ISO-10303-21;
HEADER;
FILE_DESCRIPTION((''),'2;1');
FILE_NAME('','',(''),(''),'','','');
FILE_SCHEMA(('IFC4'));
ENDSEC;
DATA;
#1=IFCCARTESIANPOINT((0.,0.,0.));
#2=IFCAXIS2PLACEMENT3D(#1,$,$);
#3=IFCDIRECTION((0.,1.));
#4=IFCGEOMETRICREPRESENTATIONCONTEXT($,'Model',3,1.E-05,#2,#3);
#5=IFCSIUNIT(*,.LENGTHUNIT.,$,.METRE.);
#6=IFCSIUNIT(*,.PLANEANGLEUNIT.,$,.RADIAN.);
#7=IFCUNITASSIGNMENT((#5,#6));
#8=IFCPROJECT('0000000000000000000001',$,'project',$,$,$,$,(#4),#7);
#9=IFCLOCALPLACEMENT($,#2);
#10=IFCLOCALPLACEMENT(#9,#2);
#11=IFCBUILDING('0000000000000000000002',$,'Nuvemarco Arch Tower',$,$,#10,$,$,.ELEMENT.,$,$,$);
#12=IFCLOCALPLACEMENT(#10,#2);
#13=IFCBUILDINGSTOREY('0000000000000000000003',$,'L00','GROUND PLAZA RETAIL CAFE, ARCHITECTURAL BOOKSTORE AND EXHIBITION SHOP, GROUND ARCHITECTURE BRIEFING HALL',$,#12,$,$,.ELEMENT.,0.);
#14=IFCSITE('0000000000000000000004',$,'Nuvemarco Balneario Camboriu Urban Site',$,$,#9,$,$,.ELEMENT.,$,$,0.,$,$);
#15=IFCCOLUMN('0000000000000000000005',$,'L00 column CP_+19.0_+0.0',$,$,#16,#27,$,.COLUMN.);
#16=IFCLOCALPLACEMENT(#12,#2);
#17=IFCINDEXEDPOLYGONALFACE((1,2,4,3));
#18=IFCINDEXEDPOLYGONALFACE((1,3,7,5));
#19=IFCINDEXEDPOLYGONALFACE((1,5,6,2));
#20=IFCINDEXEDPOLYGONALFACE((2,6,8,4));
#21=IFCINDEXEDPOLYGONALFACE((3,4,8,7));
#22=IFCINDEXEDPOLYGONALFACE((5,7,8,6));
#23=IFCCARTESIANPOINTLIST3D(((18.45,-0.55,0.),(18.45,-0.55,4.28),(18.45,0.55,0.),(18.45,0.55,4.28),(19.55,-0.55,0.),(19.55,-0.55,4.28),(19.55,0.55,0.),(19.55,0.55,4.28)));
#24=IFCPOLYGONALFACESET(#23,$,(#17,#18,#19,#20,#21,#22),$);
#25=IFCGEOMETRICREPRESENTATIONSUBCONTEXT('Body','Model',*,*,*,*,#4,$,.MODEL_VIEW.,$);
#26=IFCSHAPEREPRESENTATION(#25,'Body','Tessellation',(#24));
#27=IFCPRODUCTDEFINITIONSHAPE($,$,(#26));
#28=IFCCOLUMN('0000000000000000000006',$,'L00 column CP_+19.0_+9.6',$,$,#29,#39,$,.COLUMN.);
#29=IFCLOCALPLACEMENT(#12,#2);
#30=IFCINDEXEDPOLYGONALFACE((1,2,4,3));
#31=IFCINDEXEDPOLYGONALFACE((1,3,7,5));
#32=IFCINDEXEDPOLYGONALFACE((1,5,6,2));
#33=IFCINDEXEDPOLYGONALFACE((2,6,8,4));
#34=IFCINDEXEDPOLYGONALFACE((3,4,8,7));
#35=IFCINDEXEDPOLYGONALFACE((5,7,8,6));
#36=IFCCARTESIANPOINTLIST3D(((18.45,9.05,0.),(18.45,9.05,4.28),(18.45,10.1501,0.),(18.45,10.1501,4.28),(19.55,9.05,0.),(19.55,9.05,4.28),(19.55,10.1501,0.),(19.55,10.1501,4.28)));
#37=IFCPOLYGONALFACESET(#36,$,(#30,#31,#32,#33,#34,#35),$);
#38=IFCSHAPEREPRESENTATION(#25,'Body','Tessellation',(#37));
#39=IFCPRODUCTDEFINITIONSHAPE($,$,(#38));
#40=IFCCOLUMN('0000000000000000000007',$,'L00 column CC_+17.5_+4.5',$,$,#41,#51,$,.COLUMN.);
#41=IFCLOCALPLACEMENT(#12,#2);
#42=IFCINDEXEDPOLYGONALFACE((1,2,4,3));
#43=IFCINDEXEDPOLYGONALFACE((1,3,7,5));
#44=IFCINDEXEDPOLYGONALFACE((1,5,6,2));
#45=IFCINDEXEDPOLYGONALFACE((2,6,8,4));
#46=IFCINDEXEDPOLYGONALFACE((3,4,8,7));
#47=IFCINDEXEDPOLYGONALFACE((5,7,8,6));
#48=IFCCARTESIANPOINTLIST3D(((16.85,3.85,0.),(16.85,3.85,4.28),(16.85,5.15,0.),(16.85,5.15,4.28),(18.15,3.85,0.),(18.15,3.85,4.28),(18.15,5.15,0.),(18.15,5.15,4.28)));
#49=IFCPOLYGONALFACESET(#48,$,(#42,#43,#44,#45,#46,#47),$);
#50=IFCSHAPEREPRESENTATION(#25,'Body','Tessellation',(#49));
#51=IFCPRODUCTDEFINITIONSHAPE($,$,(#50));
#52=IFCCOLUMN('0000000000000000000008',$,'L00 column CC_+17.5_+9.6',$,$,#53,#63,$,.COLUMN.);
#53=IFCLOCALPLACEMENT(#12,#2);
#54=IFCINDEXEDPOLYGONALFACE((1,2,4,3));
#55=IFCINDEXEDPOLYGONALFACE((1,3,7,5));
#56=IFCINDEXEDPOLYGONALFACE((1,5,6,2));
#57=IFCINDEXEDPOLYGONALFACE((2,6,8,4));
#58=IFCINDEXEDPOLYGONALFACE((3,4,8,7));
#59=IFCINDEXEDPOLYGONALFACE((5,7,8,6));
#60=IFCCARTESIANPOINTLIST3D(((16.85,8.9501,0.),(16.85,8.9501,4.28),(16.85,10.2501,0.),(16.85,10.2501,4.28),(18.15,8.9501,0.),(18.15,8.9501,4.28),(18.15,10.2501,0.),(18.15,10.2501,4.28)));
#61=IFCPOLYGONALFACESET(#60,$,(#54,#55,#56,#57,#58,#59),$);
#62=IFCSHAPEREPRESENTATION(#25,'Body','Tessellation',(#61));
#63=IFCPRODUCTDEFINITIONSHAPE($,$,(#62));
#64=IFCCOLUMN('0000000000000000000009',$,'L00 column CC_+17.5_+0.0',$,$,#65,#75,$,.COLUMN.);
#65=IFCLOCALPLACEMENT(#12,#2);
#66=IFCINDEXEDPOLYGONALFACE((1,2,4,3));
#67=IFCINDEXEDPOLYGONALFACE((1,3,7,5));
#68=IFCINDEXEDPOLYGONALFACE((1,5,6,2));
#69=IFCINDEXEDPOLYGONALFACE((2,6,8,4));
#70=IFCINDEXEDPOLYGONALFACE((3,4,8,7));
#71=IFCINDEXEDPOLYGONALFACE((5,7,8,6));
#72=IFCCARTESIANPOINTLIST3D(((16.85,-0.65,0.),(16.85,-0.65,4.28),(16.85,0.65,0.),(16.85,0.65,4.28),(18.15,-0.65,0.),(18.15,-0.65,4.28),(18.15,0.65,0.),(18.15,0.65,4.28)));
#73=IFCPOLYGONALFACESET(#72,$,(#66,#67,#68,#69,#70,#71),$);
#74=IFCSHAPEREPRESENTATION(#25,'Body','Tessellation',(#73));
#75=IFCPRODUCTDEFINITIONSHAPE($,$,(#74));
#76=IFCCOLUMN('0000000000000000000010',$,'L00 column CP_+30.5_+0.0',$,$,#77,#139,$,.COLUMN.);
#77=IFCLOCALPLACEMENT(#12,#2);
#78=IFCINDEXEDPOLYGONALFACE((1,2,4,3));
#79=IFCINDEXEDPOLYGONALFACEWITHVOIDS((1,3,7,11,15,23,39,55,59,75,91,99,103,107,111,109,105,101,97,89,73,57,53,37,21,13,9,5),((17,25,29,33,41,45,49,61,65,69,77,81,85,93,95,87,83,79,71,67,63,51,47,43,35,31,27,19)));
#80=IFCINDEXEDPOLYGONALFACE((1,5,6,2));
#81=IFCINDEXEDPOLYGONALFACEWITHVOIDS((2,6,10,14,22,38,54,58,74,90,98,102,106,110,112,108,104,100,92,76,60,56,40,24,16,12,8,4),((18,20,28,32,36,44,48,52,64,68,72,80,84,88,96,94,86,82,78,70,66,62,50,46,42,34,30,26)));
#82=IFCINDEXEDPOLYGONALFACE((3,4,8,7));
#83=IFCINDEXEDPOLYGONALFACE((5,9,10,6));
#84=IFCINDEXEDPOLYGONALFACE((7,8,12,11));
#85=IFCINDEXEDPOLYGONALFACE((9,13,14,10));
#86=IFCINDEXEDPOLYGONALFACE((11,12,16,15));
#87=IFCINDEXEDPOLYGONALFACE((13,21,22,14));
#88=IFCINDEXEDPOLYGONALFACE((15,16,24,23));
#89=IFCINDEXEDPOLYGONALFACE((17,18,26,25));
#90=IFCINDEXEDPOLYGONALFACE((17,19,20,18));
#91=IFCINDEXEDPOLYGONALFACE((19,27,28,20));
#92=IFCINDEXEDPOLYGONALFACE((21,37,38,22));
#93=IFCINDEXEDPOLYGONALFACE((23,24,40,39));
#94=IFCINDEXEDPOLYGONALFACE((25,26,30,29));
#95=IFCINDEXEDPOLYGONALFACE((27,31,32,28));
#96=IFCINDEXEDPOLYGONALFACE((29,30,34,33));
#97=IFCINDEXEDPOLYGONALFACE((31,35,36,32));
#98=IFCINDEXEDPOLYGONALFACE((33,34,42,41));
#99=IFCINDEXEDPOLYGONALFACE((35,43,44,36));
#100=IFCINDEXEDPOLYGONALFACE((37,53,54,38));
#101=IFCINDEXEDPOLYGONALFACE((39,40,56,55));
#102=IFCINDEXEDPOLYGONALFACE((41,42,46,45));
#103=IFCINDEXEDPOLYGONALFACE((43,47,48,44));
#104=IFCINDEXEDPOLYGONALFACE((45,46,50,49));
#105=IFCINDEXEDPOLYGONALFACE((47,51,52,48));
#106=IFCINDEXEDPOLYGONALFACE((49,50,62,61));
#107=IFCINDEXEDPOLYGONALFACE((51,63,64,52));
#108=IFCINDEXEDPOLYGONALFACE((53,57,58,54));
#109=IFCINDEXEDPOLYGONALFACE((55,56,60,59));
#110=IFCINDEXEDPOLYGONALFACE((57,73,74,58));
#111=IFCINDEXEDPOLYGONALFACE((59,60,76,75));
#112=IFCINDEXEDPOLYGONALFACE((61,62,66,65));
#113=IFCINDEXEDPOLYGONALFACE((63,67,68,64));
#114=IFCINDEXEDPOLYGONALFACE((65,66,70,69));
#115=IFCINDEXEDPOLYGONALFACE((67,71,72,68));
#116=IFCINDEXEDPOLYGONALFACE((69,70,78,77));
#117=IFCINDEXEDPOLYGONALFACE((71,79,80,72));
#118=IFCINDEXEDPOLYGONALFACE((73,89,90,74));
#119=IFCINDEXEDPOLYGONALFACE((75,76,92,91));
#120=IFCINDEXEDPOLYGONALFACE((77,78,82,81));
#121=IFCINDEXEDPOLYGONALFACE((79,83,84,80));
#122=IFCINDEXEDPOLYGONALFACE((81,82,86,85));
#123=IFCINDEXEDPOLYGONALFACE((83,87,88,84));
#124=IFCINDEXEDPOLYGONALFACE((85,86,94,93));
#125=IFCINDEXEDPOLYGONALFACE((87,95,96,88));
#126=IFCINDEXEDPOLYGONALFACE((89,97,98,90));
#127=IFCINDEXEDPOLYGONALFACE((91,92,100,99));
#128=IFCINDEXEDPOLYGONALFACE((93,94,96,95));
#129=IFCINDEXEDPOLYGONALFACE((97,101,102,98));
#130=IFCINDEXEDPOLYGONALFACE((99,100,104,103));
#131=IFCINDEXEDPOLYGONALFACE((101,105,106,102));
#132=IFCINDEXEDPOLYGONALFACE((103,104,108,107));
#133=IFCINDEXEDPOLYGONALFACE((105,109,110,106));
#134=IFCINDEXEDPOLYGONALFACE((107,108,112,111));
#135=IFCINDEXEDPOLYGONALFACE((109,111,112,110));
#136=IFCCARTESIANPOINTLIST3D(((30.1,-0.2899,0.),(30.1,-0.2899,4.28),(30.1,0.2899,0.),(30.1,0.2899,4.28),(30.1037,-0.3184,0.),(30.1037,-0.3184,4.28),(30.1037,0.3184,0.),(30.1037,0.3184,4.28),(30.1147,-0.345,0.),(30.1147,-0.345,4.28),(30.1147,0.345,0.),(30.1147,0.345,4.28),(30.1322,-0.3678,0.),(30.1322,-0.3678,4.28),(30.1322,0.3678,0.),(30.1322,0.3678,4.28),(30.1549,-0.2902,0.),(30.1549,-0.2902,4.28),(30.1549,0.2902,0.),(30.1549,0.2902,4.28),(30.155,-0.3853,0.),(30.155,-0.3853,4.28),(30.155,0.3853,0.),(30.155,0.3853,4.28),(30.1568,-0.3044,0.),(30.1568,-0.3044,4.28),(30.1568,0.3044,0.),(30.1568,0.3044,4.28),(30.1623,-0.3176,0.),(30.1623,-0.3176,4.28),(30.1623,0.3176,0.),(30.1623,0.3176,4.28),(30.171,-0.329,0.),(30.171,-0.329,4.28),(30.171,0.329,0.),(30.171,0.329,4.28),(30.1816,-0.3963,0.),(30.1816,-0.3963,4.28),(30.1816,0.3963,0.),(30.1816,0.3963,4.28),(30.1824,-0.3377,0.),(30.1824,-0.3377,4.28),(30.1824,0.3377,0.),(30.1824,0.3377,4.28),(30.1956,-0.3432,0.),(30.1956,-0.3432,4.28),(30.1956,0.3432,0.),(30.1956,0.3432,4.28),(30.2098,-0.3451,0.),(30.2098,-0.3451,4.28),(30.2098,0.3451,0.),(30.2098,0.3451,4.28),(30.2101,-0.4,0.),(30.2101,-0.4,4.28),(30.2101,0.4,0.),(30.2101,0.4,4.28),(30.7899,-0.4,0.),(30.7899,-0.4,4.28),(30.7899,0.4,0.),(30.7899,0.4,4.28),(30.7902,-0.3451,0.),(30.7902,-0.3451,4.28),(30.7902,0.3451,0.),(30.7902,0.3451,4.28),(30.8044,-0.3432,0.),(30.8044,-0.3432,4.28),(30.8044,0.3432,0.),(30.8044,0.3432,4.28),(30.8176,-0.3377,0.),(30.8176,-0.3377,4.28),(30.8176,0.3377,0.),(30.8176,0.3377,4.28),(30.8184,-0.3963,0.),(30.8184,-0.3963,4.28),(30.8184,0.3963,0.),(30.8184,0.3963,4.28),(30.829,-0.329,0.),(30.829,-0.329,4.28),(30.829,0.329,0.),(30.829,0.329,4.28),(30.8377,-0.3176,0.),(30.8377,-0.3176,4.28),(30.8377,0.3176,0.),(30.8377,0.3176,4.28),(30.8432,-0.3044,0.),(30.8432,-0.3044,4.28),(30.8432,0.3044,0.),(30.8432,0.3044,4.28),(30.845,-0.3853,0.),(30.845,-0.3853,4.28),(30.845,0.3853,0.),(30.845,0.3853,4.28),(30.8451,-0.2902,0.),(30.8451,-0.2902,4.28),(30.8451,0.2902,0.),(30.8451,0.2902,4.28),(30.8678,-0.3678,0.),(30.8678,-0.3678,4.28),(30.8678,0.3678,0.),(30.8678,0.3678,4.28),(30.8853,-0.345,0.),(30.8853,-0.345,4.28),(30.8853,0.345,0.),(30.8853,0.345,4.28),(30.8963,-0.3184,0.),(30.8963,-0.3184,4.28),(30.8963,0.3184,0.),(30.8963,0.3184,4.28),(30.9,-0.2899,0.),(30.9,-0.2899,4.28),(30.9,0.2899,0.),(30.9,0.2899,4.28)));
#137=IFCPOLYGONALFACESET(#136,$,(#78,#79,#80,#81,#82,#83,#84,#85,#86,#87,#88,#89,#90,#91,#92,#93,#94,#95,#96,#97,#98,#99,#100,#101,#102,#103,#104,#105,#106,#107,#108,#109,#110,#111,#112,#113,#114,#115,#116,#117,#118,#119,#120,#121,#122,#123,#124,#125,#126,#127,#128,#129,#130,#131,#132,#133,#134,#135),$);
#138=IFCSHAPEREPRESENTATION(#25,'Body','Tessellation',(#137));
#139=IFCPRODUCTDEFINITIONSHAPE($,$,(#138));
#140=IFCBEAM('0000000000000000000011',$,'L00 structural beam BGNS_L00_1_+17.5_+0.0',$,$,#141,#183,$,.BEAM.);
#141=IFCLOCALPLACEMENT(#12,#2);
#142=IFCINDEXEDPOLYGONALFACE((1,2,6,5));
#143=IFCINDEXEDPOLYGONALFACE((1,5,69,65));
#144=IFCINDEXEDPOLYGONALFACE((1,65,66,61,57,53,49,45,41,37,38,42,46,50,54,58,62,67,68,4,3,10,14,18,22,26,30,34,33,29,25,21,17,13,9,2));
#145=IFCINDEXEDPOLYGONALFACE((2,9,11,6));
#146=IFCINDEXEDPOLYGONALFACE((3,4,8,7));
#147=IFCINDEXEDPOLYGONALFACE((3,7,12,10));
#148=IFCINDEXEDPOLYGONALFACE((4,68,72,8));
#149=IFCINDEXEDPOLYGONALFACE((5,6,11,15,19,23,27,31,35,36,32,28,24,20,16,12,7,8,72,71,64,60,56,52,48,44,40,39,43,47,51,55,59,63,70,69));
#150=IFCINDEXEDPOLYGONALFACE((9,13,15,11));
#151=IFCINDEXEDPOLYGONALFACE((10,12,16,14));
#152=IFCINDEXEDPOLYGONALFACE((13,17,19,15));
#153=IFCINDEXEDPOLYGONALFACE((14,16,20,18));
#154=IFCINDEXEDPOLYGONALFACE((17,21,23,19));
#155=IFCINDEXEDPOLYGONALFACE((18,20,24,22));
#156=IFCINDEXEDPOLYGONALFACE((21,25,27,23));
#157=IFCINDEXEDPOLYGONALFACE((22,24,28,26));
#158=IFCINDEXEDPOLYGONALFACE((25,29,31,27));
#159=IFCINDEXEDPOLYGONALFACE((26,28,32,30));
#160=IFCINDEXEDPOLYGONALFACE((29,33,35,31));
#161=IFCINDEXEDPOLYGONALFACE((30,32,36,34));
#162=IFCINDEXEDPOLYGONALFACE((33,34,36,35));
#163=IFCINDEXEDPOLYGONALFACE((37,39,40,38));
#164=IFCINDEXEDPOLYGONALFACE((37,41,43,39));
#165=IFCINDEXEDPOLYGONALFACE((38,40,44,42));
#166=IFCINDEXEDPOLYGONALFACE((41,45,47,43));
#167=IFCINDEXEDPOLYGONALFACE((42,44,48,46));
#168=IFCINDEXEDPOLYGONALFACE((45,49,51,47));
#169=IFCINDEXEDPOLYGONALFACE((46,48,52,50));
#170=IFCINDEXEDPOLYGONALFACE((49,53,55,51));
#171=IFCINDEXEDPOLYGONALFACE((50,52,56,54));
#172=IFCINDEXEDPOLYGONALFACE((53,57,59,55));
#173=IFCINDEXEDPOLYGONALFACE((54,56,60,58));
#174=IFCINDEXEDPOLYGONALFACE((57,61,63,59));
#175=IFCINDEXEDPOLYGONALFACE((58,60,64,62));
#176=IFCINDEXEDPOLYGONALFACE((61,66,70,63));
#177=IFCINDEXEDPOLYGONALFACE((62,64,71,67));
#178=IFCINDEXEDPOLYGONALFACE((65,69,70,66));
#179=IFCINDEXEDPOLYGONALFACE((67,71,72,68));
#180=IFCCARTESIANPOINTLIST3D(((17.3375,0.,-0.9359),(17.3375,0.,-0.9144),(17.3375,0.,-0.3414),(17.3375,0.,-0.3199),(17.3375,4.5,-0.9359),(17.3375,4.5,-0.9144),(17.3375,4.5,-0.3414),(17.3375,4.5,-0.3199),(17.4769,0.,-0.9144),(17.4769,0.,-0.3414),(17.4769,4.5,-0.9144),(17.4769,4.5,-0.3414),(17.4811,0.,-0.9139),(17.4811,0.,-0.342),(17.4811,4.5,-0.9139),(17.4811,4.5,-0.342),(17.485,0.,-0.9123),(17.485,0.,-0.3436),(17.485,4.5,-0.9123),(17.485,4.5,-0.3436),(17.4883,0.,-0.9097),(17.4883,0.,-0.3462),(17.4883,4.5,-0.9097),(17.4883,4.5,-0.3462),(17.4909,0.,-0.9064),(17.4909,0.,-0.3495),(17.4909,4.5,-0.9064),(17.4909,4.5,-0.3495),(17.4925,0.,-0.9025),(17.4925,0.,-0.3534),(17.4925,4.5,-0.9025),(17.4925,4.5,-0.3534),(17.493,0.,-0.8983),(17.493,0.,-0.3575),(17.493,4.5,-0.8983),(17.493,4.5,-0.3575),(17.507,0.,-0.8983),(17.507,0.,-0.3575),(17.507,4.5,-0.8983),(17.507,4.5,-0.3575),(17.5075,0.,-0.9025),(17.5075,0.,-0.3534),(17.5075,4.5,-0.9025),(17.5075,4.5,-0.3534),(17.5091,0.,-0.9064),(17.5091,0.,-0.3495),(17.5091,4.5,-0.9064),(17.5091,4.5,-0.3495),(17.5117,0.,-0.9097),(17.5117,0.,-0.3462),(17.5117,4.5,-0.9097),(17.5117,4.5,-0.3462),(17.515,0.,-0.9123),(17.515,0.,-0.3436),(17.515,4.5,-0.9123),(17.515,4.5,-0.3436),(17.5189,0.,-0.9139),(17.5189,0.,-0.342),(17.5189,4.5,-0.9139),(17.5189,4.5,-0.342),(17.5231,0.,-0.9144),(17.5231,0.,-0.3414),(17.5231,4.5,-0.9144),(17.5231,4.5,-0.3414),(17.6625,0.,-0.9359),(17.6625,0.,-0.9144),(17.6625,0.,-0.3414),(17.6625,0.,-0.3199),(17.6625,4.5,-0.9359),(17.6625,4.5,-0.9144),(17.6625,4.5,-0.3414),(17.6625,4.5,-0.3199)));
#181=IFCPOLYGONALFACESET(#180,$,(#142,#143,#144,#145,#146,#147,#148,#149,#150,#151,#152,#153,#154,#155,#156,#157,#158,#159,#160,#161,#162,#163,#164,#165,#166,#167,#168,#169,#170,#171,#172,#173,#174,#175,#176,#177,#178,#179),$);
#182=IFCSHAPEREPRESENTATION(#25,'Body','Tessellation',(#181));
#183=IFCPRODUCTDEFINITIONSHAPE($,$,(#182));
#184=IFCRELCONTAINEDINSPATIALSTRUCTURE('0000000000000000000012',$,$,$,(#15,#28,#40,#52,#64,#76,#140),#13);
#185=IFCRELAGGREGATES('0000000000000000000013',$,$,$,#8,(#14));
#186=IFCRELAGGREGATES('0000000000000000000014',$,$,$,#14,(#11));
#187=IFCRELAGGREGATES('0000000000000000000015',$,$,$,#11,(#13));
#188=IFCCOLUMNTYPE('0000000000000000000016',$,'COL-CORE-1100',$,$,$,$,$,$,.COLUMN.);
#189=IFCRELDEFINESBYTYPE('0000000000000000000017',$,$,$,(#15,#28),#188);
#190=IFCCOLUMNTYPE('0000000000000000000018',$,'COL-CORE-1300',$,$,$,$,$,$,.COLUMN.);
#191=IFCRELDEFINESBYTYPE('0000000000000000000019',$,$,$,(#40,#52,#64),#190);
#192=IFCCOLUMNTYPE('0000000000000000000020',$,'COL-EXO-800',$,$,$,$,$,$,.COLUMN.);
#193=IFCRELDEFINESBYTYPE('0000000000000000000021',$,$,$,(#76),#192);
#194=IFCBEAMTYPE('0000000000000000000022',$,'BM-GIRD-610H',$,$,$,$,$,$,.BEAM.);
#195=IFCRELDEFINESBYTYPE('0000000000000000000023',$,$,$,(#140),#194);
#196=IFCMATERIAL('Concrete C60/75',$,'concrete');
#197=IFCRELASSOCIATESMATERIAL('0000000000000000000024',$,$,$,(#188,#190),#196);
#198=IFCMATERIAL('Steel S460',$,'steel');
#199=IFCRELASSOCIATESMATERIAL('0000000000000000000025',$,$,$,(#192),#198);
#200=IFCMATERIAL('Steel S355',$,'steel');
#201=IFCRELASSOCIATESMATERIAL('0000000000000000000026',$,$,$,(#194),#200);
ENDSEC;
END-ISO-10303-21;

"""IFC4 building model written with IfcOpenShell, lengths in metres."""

from ifc_helpers import new_model, si_unit, direction, frame, origin, origin_2d, place, context, subcontext, project, spatial, rectangle, hollow_rectangle, i_section, extrude, material, material_profile, profile_set, type_object, element, save


model = new_model("IFC4")

# Units and contexts
model_context = context("Model", 3, precision=1e-05, world=origin(), true_north=direction((0.0, 1.0)))
body_context = subcontext(model_context, "Body", "Model", "MODEL_VIEW")
ifc_project = project(units=[si_unit("LENGTHUNIT", "METRE"), si_unit("PLANEANGLEUNIT", "RADIAN")], contexts=[model_context])

# Site, building, storey
site_placement = place(None, origin())
site = spatial("IfcSite", under=ifc_project, at=site_placement, Name="Nuvemarco Balneario Camboriu Urban Site", CompositionType="ELEMENT", RefElevation=0.0)
building_placement = place(site_placement, origin())
building = spatial("IfcBuilding", under=site, at=building_placement, Name="Nuvemarco Arch Tower", CompositionType="ELEMENT")
storey_placement = place(building_placement, origin())
storey = spatial("IfcBuildingStorey", under=building, at=storey_placement, Name="L00", Description="GROUND PLAZA RETAIL CAFE, ARCHITECTURAL BOOKSTORE AND EXHIBITION SHOP, GROUND ARCHITECTURE BRIEFING HALL", CompositionType="ELEMENT", Elevation=0.0)

# Columns
ifc_material_1 = material(Name="Concrete C60/75", Category="concrete")
ifc_material_profile_1 = material_profile(ifc_material_1, rectangle(XDim=1.1001, YDim=1.1001, at=origin_2d()), Name="RC-COL-1100x1100")
ifc_profile_set_1 = profile_set([ifc_material_profile_1], Name="Concrete C60/75")
column_type_1 = type_object("IfcColumnType", Name="COL-CORE-1100", PredefinedType="COLUMN", material=ifc_profile_set_1)
for number, where, z_axis, x_axis, name in (
    (1, (19.0, 0.0, 0.0), (0.0, 0.0, 1.0), (1.0, 0.0, 0.0), "L00 column CP_+19.0_+0.0"),
    (2, (19.0, 9.6001, 0.0), (0.0, 0.0, 1.0), (1.0, 0.0, 0.0), "L00 column CP_+19.0_+9.6"),
):
    element("IfcColumn", number, at=place(storey_placement, frame(where, z_axis=z_axis, x_axis=x_axis)), inside=storey, type_object=column_type_1, Name=name, PredefinedType="COLUMN", context=body_context, shape_type="SweptSolid", body=[
        extrude(rectangle(XDim=1.1001, YDim=1.1001, at=origin_2d()), origin(), (0.0, 0.0, 1.0), 4.28),
    ])
ifc_material_profile_2 = material_profile(ifc_material_1, rectangle(XDim=1.3, YDim=1.3, at=origin_2d()), Name="RC-COL-1300x1300")
ifc_profile_set_2 = profile_set([ifc_material_profile_2], Name="Concrete C60/75")
column_type_2 = type_object("IfcColumnType", Name="COL-CORE-1300", PredefinedType="COLUMN", material=ifc_profile_set_2)
for number, where, z_axis, x_axis, name in (
    (3, (17.5, 4.5, 0.0), (0.0, 0.0, 1.0), (1.0, 0.0, 0.0), "L00 column CC_+17.5_+4.5"),
    (4, (17.5, 9.6001, 0.0), (0.0, 0.0, 1.0), (1.0, 0.0, 0.0), "L00 column CC_+17.5_+9.6"),
    (5, (17.5, 0.0, 0.0), (0.0, 0.0, 1.0), (1.0, 0.0, 0.0), "L00 column CC_+17.5_+0.0"),
):
    element("IfcColumn", number, at=place(storey_placement, frame(where, z_axis=z_axis, x_axis=x_axis)), inside=storey, type_object=column_type_2, Name=name, PredefinedType="COLUMN", context=body_context, shape_type="SweptSolid", body=[
        extrude(rectangle(XDim=1.3, YDim=1.3, at=origin_2d()), origin(), (0.0, 0.0, 1.0), 4.28),
    ])
ifc_material_2 = material(Name="Steel S460", Category="steel")
ifc_material_profile_3 = material_profile(ifc_material_2, hollow_rectangle(XDim=0.8, YDim=0.8, WallThickness=0.0549, InnerFilletRadius=0.0549, OuterFilletRadius=0.1101, at=origin_2d()), Name="SHS800x800x55")
ifc_profile_set_3 = profile_set([ifc_material_profile_3], Name="Steel S460")
column_type_3 = type_object("IfcColumnType", Name="COL-EXO-800", PredefinedType="COLUMN", material=ifc_profile_set_3)
column_placement = place(storey_placement, frame((30.5, 0.0, 0.0), z_axis=(0.0, 0.0, 1.0), x_axis=(1.0, 0.0, 0.0)))
element("IfcColumn", 6, at=column_placement, inside=storey, type_object=column_type_3, Name="L00 column CP_+30.5_+0.0", PredefinedType="COLUMN", context=body_context, shape_type="SweptSolid", body=[
    extrude(hollow_rectangle(XDim=0.8, YDim=0.8, WallThickness=0.0549, InnerFilletRadius=0.0549, OuterFilletRadius=0.1101, at=origin_2d()), origin(), (0.0, 0.0, 1.0), 4.28),
])

# Beam
ifc_material_3 = material(Name="Steel S355", Category="steel")
ifc_material_profile_4 = material_profile(ifc_material_3, i_section(OverallWidth=0.325, OverallDepth=0.616, WebThickness=0.0139, FlangeThickness=0.0215, FilletRadius=0.0161, at=origin_2d()), Name="W610x174")
ifc_profile_set_4 = profile_set([ifc_material_profile_4], Name="Steel S355")
beam_type_1 = type_object("IfcBeamType", Name="BM-GIRD-610H", PredefinedType="BEAM", material=ifc_profile_set_4)
beam_1_placement = place(storey_placement, frame((17.5, 0.0, -0.6279), z_axis=(0.0, 1.0, 0.0), x_axis=(-1.0, 0.0, 0.0)))
element("IfcBeam", 7, at=beam_1_placement, inside=storey, type_object=beam_type_1, Name="L00 structural beam BGNS_L00_1_+17.5_+0.0", PredefinedType="BEAM", context=body_context, shape_type="SweptSolid", body=[
    extrude(i_section(OverallWidth=0.325, OverallDepth=0.616, WebThickness=0.0139, FlangeThickness=0.0215, FilletRadius=0.0161, at=origin_2d()), origin(), (0.0, 0.0, 1.0), 4.5),
])

save(model, "model.ifc")
